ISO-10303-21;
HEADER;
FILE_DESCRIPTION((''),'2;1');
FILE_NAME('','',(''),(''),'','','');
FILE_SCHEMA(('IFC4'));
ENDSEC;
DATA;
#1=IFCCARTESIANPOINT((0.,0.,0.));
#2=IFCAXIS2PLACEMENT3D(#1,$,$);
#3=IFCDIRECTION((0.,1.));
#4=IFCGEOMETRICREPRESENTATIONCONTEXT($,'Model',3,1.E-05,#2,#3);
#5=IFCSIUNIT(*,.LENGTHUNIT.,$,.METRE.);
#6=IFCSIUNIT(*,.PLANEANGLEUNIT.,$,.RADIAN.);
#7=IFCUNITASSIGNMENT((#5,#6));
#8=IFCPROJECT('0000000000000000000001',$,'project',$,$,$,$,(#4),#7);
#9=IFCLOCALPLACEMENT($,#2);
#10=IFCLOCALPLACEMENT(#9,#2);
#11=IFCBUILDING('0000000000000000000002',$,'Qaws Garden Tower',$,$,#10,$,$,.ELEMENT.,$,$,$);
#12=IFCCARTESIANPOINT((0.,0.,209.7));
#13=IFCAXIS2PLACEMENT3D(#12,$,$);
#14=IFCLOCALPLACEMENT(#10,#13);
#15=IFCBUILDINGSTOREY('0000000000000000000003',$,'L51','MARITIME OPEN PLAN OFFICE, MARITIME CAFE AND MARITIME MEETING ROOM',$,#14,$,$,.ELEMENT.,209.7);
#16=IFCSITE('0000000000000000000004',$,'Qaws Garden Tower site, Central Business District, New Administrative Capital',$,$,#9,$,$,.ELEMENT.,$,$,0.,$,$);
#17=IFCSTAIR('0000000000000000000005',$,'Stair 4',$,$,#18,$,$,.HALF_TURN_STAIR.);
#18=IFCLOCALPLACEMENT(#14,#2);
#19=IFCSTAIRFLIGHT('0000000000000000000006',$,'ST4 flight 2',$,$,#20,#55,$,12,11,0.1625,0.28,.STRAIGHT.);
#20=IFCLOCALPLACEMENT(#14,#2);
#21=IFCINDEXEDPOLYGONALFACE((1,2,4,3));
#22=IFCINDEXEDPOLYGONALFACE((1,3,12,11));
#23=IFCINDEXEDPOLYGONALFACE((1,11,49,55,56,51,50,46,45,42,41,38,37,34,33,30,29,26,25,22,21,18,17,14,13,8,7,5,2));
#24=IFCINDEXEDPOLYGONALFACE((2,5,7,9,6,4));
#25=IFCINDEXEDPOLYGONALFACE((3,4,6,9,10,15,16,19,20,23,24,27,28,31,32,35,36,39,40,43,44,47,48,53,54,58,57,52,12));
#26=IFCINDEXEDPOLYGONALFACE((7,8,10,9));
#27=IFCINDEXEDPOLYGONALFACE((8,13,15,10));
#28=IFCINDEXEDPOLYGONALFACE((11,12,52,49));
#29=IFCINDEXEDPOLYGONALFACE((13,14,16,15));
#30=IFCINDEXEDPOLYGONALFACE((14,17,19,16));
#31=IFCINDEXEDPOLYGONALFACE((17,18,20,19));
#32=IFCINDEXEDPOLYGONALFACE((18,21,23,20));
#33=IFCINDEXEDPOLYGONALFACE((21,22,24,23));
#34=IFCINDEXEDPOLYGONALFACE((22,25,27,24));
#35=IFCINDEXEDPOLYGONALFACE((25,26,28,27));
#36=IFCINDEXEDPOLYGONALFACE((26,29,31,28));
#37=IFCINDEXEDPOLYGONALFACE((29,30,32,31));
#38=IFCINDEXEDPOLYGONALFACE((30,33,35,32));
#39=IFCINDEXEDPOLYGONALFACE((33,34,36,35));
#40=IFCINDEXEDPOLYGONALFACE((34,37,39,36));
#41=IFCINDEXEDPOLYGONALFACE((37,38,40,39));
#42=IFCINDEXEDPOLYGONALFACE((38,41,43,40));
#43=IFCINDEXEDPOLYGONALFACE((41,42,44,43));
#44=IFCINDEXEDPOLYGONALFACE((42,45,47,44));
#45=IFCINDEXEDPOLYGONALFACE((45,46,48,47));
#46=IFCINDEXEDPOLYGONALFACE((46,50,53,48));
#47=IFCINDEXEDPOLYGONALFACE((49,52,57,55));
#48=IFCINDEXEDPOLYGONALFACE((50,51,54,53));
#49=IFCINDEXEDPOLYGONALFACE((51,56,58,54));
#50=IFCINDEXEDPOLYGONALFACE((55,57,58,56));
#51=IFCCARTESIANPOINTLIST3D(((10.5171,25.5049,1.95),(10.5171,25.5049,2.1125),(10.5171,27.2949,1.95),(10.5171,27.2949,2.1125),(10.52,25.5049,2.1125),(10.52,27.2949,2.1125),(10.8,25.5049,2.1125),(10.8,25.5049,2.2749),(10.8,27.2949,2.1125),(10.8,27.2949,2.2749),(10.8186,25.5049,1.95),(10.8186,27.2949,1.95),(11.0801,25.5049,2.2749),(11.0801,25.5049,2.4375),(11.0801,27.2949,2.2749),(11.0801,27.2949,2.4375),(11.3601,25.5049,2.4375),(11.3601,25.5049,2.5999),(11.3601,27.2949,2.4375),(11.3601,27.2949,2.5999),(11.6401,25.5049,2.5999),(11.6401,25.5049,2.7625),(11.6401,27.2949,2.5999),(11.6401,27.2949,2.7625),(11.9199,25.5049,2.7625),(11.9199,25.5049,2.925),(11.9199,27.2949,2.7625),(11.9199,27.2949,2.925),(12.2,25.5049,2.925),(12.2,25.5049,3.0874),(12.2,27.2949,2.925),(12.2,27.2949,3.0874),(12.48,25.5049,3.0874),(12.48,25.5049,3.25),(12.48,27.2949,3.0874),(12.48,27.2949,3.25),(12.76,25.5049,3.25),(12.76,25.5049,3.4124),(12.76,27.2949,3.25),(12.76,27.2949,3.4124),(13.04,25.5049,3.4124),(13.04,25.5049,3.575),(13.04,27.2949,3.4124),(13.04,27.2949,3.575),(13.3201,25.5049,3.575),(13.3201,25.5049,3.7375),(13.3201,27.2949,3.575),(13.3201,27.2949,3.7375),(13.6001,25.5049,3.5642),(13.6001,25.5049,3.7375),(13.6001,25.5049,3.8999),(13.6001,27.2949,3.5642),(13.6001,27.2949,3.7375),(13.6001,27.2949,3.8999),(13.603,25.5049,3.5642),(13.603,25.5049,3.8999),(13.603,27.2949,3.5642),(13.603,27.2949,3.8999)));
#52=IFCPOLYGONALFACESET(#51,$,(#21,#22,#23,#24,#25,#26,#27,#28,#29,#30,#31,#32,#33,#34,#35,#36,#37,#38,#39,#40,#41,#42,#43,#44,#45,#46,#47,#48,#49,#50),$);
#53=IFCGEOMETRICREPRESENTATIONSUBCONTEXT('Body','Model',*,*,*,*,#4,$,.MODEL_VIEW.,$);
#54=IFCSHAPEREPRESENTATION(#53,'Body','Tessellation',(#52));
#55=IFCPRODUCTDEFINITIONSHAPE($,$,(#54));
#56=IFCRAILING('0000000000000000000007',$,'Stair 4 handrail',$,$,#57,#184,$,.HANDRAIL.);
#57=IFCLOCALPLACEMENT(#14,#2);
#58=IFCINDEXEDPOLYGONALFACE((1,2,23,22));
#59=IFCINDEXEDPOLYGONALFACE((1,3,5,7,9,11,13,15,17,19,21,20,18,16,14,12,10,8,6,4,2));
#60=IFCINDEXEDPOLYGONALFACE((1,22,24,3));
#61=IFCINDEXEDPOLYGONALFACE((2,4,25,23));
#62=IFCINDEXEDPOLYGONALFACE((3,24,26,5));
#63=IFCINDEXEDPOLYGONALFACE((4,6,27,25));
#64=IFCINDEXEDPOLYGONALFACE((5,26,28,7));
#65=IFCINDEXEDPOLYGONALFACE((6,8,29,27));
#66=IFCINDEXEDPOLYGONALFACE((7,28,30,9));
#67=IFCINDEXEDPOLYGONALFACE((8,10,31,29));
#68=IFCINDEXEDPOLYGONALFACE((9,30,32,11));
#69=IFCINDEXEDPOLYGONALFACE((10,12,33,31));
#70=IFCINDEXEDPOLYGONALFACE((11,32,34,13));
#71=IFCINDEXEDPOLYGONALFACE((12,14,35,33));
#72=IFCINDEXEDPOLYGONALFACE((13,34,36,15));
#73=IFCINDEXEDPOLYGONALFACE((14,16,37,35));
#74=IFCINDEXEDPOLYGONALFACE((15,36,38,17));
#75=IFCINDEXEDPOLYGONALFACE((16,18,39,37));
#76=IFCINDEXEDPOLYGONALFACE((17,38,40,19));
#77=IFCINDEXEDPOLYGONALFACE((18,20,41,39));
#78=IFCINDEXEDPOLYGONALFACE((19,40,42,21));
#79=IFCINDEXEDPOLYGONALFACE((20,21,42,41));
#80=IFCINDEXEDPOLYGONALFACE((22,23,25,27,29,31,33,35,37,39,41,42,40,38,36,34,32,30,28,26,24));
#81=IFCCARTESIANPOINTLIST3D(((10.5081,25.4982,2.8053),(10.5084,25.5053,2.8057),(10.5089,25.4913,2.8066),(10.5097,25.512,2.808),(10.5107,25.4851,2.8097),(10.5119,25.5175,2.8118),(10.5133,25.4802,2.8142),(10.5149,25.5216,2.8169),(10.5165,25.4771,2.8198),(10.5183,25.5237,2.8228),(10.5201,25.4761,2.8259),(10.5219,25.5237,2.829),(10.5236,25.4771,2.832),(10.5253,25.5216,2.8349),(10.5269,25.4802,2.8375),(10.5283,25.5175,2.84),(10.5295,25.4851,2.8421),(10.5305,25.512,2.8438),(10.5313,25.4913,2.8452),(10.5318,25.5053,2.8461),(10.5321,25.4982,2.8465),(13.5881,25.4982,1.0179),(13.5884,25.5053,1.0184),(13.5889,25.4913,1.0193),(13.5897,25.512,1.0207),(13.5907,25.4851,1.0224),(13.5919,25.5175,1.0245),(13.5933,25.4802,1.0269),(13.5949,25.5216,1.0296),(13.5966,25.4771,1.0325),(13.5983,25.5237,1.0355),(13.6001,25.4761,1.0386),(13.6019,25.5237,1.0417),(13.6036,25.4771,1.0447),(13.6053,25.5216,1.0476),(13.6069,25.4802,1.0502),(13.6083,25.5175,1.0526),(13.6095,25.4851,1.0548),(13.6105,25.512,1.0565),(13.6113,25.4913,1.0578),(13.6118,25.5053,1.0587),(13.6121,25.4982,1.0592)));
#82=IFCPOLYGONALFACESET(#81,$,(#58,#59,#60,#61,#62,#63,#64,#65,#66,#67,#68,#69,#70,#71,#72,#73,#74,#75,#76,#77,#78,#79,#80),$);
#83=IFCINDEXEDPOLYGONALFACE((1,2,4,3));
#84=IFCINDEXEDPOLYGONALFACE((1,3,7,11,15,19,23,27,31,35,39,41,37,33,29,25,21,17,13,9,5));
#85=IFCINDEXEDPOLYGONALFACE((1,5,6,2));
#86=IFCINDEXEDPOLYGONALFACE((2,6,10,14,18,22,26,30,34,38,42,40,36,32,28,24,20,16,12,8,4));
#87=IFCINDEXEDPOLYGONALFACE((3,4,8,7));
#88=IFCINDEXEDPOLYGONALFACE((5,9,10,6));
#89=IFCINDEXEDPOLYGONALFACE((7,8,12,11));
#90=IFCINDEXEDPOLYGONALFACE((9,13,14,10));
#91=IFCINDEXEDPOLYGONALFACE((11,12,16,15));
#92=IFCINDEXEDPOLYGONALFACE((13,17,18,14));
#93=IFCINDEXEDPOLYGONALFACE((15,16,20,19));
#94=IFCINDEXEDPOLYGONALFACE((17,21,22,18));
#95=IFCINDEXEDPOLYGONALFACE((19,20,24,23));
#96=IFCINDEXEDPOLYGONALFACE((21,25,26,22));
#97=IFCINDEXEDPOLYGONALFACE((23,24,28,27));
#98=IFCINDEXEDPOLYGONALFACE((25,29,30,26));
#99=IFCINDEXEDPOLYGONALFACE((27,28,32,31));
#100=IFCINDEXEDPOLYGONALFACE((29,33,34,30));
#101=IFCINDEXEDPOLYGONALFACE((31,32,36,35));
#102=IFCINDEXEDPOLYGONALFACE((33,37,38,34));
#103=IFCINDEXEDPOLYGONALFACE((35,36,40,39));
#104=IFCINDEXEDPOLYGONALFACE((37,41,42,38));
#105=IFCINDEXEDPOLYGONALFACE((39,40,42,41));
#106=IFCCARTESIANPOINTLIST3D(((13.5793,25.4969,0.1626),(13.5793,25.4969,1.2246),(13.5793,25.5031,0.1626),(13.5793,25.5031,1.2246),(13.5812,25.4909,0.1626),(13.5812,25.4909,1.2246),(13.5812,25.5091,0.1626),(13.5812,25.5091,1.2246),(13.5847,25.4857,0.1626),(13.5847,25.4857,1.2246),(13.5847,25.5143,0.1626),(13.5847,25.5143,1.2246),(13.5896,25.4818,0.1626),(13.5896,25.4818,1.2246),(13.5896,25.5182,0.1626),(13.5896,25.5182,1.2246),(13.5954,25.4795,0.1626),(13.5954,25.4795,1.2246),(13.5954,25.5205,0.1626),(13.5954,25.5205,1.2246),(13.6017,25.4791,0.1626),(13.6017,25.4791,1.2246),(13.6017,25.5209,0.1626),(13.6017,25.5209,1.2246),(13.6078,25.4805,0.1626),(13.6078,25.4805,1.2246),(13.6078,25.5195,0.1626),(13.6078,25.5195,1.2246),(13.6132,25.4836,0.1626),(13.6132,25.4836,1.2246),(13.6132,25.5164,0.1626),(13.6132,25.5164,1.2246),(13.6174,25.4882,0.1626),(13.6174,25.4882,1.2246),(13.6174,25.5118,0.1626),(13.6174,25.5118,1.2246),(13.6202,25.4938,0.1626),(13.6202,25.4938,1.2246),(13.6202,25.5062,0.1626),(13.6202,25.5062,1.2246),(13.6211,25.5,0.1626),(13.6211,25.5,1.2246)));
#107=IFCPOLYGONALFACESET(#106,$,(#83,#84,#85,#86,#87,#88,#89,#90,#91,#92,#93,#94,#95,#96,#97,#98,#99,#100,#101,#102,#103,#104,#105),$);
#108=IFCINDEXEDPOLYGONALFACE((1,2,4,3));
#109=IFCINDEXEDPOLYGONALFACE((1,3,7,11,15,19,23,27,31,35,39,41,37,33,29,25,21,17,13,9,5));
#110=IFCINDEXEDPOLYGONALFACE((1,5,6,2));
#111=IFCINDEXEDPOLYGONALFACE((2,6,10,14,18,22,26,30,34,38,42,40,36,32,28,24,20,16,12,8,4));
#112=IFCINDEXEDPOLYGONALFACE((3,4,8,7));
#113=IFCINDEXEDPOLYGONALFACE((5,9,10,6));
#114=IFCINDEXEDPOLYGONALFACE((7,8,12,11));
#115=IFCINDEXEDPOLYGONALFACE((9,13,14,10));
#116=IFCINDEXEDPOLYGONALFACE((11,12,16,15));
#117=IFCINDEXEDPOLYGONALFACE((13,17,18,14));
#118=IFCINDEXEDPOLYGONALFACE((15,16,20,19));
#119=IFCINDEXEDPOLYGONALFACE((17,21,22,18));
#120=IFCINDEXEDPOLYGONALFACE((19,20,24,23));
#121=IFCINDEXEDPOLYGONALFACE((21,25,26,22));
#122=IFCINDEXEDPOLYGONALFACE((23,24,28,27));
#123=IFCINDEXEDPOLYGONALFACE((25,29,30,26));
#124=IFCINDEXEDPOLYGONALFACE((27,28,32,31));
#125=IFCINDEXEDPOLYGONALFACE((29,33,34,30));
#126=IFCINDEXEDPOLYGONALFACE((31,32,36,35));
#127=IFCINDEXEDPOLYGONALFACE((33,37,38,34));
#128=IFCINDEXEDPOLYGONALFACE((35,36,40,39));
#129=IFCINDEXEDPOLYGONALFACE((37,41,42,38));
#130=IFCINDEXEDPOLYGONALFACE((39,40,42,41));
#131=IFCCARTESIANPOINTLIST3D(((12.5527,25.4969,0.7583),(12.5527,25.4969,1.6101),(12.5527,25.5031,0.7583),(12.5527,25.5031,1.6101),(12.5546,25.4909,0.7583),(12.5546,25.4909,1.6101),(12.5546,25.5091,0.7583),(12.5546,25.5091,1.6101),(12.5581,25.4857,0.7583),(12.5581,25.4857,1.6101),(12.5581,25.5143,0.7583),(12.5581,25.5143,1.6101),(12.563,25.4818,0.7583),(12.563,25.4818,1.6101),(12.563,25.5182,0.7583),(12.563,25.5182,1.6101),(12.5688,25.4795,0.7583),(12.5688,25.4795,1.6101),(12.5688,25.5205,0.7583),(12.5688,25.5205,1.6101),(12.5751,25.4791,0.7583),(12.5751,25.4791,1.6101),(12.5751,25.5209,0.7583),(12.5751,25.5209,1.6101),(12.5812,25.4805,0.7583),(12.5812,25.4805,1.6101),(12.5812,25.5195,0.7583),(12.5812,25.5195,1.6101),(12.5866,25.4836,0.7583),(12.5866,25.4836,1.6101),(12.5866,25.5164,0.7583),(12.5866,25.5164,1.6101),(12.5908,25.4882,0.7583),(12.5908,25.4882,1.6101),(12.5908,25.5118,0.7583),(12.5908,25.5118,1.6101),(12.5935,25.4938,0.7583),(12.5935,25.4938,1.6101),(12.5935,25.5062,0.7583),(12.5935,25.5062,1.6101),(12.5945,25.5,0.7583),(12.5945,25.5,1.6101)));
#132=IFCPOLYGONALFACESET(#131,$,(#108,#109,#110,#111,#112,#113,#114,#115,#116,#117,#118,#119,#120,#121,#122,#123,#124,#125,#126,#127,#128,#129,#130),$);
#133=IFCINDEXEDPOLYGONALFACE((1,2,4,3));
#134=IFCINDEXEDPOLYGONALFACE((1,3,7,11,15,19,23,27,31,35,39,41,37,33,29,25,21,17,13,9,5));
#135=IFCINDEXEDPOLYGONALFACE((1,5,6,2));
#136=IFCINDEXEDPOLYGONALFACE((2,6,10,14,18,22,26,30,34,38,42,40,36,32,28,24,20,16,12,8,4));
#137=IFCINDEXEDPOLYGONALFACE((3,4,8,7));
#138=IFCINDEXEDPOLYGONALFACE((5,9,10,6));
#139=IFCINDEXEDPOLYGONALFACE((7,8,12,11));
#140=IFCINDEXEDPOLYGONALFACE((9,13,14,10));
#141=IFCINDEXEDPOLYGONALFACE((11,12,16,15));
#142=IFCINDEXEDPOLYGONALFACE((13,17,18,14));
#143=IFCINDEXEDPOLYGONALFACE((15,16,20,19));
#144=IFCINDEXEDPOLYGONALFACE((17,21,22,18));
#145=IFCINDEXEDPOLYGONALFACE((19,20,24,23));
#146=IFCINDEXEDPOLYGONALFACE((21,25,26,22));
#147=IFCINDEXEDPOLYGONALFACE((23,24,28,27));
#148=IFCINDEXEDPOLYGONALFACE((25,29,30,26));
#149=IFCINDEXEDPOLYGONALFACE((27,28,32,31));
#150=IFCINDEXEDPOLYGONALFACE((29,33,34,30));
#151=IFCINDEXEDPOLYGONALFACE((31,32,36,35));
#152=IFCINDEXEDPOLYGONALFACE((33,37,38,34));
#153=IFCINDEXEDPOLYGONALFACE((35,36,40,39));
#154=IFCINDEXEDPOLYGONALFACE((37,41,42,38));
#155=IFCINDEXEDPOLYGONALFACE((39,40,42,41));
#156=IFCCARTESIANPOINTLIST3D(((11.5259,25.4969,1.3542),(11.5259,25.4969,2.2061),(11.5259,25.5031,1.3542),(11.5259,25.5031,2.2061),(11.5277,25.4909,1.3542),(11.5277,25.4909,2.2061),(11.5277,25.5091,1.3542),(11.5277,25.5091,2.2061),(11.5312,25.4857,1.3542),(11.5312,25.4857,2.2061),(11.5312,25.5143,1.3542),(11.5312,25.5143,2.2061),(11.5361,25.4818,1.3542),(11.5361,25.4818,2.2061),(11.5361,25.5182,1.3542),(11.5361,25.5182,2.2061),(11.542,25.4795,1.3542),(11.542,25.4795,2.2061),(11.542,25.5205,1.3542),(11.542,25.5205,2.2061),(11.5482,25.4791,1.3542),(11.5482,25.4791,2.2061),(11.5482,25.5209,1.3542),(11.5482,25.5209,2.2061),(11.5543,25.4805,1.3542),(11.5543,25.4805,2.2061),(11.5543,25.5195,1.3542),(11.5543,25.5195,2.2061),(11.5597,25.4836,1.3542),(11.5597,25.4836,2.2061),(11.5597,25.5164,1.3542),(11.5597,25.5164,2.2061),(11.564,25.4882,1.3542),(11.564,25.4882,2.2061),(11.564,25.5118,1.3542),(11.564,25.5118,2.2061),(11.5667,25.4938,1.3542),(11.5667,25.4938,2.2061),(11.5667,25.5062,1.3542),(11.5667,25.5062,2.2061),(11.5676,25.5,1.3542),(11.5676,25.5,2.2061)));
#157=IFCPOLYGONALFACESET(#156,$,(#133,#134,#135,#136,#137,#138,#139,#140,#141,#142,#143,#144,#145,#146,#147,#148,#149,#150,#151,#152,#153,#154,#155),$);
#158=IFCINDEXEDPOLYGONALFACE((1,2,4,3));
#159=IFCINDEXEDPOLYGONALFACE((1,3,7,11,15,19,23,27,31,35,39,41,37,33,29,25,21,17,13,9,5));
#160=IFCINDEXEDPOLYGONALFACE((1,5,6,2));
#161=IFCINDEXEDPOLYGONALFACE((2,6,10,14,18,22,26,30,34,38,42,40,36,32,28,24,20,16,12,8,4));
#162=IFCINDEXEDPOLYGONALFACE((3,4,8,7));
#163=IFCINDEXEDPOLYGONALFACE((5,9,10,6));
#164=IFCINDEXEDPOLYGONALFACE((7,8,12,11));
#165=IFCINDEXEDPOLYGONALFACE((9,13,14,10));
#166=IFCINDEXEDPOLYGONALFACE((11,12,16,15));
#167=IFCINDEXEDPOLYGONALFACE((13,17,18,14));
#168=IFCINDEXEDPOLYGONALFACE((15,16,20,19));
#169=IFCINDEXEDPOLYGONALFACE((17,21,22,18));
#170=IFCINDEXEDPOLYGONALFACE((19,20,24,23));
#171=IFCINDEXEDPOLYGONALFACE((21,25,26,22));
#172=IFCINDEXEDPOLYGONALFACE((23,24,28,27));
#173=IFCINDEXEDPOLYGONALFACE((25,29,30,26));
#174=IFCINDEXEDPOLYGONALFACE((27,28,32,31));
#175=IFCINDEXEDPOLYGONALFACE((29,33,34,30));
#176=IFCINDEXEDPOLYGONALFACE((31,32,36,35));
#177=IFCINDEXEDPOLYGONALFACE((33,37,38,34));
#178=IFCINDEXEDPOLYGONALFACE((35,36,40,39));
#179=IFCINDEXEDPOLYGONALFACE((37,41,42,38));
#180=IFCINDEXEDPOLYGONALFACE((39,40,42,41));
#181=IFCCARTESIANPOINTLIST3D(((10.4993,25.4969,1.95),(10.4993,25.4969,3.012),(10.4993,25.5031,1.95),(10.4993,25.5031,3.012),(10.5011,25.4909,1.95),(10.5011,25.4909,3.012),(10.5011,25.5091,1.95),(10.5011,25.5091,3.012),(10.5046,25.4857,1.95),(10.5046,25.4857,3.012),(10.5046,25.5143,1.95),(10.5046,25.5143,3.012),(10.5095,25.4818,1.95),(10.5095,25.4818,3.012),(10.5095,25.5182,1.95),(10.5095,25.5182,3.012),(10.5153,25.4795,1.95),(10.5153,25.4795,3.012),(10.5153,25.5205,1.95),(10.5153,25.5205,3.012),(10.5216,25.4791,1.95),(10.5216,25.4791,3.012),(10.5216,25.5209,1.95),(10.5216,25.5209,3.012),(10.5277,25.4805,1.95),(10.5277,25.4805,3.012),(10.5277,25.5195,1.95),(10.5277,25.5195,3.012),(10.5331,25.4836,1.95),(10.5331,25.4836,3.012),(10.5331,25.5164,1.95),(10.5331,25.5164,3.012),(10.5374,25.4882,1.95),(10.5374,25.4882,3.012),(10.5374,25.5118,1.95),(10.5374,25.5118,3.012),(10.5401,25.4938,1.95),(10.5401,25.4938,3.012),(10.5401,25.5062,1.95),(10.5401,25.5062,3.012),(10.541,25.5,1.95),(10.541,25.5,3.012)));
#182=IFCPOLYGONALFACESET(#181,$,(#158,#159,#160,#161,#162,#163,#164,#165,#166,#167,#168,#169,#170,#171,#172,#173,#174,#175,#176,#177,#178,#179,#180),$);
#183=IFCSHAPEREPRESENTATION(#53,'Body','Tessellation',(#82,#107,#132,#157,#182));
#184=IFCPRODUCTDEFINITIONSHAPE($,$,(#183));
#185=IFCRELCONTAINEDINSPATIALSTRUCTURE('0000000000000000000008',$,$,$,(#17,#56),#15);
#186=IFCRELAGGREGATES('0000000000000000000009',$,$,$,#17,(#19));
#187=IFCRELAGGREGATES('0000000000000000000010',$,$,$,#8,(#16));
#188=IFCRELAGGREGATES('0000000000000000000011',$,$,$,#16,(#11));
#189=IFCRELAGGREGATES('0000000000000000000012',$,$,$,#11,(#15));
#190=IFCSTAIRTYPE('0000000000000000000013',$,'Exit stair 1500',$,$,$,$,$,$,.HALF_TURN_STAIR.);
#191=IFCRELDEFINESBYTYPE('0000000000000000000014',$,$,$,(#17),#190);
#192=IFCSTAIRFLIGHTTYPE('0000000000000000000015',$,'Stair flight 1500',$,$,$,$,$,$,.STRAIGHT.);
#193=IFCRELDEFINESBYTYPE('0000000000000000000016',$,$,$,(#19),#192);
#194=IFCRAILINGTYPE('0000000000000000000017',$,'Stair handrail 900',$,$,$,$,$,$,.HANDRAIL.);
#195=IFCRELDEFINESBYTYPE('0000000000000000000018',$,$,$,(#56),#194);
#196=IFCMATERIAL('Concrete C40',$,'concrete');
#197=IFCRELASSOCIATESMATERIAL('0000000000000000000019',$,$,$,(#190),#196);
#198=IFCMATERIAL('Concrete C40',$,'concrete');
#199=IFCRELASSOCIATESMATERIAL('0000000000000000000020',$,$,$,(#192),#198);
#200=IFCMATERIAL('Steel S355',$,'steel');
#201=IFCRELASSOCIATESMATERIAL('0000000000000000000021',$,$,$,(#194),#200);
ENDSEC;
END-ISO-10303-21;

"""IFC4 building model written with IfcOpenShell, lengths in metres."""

from ifc_helpers import new_model, si_unit, direction, frame, origin, origin_2d, place, context, subcontext, project, spatial, polyline, circle, outline, extrude, material, type_object, element, aggregate, save


model = new_model("IFC4")

# Units and contexts
model_context = context("Model", 3, precision=1e-05, world=origin(), true_north=direction((0.0, 1.0)))
body_context = subcontext(model_context, "Body", "Model", "MODEL_VIEW")
ifc_project = project(units=[si_unit("LENGTHUNIT", "METRE"), si_unit("PLANEANGLEUNIT", "RADIAN")], contexts=[model_context])

# Site, building, storey
site_placement = place(None, origin())
site = spatial("IfcSite", under=ifc_project, at=site_placement, Name="Qaws Garden Tower site, Central Business District, New Administrative Capital", CompositionType="ELEMENT", RefElevation=0.0)
building_placement = place(site_placement, origin())
building = spatial("IfcBuilding", under=site, at=building_placement, Name="Qaws Garden Tower", CompositionType="ELEMENT")
storey_placement = place(building_placement, frame((0.0, 0.0, 209.7)))
storey = spatial("IfcBuildingStorey", under=building, at=storey_placement, Name="L51", Description="MARITIME OPEN PLAN OFFICE, MARITIME CAFE AND MARITIME MEETING ROOM", CompositionType="ELEMENT", Elevation=209.7)

# Stair, stair flight
ifc_material_1 = material(Name="Concrete C40", Category="concrete")
stair_type = type_object("IfcStairType", Name="Exit stair 1500", PredefinedType="HALF_TURN_STAIR", material=ifc_material_1)
stair_placement = place(storey_placement, origin())
stair = element("IfcStair", 1, at=stair_placement, inside=storey, type_object=stair_type, Name="Stair 4", PredefinedType="HALF_TURN_STAIR")
ifc_material_2 = material(Name="Concrete C40", Category="concrete")
stair_flight_type = type_object("IfcStairFlightType", Name="Stair flight 1500", PredefinedType="STRAIGHT", material=ifc_material_2)
stair_flight_1_placement = place(storey_placement, frame((10.52, 26.3999, 1.95), z_axis=(0.0, 0.0, 1.0), x_axis=(1.0, 0.0, 0.0)))
stair_flight_1 = element("IfcStairFlight", 2, at=stair_flight_1_placement, type_object=stair_flight_type, Name="ST4 flight 2", NumberOfRisers=12, NumberOfTreads=11, PredefinedType="STRAIGHT", RiserHeight=0.1625, TreadLength=0.28, context=body_context, shape_type="SweptSolid", body=[
    extrude(outline(polyline([(-0.0029, 0.0), (-0.0029, 0.1626), (0.0, 0.1626), (0.28, 0.1626), (0.28, 0.325), (0.5601, 0.325), (0.5601, 0.4875), (0.8401, 0.4875), (0.8401, 0.6499), (1.1201, 0.6499), (1.1201, 0.8125), (1.3999, 0.8125), (1.3999, 0.9751), (1.6799, 0.9751), (1.6799, 1.1375), (1.96, 1.1375), (1.96, 1.3), (2.24, 1.3), (2.24, 1.4624), (2.52, 1.4624), (2.52, 1.625), (2.8, 1.625), (2.8, 1.7876), (3.0801, 1.7876), (3.0801, 1.95), (3.083, 1.95), (3.083, 1.6143), (3.0801, 1.6143), (0.2986, 0.0), (-0.0029, 0.0)])), frame((0.0, 0.895, 0.0), z_axis=(0.0, -1.0, 0.0), x_axis=(1.0, 0.0, 0.0)), (0.0, 0.0, 1.0), 1.79),
])
aggregate(stair, [stair_flight_1])

# Railing
ifc_material_3 = material(Name="Steel S355", Category="steel")
railing_type = type_object("IfcRailingType", Name="Stair handrail 900", PredefinedType="HANDRAIL", material=ifc_material_3)
railing_1_placement = place(storey_placement, frame((13.6001, 25.5, 0.1626)))
element("IfcRailing", 3, at=railing_1_placement, inside=storey, type_object=railing_type, Name="Stair 4 handrail", PredefinedType="HANDRAIL", context=body_context, shape_type="SweptSolid", body=[
    extrude(circle(Radius=0.0239, at=origin_2d()), frame((0.0, 0.0, 0.876), z_axis=(-0.86492, 0.0, 0.501909), x_axis=(0.0, -1.0, 0.0)), (0.0, 0.0, 1.0), 3.561),
    extrude(circle(Radius=0.021, at=origin_2d()), origin(), (0.0, 0.0, 1.0), 1.062),
    extrude(circle(Radius=0.021, at=origin_2d()), frame((-1.0266, 0.0, 0.5957)), (0.0, 0.0, 1.0), 0.8518),
    extrude(circle(Radius=0.021, at=origin_2d()), frame((-2.0535, 0.0, 1.1917)), (0.0, 0.0, 1.0), 0.8518),
    extrude(circle(Radius=0.021, at=origin_2d()), frame((-3.0801, 0.0, 1.7874)), (0.0, 0.0, 1.0), 1.062),
])

save(model, "model.ifc")
